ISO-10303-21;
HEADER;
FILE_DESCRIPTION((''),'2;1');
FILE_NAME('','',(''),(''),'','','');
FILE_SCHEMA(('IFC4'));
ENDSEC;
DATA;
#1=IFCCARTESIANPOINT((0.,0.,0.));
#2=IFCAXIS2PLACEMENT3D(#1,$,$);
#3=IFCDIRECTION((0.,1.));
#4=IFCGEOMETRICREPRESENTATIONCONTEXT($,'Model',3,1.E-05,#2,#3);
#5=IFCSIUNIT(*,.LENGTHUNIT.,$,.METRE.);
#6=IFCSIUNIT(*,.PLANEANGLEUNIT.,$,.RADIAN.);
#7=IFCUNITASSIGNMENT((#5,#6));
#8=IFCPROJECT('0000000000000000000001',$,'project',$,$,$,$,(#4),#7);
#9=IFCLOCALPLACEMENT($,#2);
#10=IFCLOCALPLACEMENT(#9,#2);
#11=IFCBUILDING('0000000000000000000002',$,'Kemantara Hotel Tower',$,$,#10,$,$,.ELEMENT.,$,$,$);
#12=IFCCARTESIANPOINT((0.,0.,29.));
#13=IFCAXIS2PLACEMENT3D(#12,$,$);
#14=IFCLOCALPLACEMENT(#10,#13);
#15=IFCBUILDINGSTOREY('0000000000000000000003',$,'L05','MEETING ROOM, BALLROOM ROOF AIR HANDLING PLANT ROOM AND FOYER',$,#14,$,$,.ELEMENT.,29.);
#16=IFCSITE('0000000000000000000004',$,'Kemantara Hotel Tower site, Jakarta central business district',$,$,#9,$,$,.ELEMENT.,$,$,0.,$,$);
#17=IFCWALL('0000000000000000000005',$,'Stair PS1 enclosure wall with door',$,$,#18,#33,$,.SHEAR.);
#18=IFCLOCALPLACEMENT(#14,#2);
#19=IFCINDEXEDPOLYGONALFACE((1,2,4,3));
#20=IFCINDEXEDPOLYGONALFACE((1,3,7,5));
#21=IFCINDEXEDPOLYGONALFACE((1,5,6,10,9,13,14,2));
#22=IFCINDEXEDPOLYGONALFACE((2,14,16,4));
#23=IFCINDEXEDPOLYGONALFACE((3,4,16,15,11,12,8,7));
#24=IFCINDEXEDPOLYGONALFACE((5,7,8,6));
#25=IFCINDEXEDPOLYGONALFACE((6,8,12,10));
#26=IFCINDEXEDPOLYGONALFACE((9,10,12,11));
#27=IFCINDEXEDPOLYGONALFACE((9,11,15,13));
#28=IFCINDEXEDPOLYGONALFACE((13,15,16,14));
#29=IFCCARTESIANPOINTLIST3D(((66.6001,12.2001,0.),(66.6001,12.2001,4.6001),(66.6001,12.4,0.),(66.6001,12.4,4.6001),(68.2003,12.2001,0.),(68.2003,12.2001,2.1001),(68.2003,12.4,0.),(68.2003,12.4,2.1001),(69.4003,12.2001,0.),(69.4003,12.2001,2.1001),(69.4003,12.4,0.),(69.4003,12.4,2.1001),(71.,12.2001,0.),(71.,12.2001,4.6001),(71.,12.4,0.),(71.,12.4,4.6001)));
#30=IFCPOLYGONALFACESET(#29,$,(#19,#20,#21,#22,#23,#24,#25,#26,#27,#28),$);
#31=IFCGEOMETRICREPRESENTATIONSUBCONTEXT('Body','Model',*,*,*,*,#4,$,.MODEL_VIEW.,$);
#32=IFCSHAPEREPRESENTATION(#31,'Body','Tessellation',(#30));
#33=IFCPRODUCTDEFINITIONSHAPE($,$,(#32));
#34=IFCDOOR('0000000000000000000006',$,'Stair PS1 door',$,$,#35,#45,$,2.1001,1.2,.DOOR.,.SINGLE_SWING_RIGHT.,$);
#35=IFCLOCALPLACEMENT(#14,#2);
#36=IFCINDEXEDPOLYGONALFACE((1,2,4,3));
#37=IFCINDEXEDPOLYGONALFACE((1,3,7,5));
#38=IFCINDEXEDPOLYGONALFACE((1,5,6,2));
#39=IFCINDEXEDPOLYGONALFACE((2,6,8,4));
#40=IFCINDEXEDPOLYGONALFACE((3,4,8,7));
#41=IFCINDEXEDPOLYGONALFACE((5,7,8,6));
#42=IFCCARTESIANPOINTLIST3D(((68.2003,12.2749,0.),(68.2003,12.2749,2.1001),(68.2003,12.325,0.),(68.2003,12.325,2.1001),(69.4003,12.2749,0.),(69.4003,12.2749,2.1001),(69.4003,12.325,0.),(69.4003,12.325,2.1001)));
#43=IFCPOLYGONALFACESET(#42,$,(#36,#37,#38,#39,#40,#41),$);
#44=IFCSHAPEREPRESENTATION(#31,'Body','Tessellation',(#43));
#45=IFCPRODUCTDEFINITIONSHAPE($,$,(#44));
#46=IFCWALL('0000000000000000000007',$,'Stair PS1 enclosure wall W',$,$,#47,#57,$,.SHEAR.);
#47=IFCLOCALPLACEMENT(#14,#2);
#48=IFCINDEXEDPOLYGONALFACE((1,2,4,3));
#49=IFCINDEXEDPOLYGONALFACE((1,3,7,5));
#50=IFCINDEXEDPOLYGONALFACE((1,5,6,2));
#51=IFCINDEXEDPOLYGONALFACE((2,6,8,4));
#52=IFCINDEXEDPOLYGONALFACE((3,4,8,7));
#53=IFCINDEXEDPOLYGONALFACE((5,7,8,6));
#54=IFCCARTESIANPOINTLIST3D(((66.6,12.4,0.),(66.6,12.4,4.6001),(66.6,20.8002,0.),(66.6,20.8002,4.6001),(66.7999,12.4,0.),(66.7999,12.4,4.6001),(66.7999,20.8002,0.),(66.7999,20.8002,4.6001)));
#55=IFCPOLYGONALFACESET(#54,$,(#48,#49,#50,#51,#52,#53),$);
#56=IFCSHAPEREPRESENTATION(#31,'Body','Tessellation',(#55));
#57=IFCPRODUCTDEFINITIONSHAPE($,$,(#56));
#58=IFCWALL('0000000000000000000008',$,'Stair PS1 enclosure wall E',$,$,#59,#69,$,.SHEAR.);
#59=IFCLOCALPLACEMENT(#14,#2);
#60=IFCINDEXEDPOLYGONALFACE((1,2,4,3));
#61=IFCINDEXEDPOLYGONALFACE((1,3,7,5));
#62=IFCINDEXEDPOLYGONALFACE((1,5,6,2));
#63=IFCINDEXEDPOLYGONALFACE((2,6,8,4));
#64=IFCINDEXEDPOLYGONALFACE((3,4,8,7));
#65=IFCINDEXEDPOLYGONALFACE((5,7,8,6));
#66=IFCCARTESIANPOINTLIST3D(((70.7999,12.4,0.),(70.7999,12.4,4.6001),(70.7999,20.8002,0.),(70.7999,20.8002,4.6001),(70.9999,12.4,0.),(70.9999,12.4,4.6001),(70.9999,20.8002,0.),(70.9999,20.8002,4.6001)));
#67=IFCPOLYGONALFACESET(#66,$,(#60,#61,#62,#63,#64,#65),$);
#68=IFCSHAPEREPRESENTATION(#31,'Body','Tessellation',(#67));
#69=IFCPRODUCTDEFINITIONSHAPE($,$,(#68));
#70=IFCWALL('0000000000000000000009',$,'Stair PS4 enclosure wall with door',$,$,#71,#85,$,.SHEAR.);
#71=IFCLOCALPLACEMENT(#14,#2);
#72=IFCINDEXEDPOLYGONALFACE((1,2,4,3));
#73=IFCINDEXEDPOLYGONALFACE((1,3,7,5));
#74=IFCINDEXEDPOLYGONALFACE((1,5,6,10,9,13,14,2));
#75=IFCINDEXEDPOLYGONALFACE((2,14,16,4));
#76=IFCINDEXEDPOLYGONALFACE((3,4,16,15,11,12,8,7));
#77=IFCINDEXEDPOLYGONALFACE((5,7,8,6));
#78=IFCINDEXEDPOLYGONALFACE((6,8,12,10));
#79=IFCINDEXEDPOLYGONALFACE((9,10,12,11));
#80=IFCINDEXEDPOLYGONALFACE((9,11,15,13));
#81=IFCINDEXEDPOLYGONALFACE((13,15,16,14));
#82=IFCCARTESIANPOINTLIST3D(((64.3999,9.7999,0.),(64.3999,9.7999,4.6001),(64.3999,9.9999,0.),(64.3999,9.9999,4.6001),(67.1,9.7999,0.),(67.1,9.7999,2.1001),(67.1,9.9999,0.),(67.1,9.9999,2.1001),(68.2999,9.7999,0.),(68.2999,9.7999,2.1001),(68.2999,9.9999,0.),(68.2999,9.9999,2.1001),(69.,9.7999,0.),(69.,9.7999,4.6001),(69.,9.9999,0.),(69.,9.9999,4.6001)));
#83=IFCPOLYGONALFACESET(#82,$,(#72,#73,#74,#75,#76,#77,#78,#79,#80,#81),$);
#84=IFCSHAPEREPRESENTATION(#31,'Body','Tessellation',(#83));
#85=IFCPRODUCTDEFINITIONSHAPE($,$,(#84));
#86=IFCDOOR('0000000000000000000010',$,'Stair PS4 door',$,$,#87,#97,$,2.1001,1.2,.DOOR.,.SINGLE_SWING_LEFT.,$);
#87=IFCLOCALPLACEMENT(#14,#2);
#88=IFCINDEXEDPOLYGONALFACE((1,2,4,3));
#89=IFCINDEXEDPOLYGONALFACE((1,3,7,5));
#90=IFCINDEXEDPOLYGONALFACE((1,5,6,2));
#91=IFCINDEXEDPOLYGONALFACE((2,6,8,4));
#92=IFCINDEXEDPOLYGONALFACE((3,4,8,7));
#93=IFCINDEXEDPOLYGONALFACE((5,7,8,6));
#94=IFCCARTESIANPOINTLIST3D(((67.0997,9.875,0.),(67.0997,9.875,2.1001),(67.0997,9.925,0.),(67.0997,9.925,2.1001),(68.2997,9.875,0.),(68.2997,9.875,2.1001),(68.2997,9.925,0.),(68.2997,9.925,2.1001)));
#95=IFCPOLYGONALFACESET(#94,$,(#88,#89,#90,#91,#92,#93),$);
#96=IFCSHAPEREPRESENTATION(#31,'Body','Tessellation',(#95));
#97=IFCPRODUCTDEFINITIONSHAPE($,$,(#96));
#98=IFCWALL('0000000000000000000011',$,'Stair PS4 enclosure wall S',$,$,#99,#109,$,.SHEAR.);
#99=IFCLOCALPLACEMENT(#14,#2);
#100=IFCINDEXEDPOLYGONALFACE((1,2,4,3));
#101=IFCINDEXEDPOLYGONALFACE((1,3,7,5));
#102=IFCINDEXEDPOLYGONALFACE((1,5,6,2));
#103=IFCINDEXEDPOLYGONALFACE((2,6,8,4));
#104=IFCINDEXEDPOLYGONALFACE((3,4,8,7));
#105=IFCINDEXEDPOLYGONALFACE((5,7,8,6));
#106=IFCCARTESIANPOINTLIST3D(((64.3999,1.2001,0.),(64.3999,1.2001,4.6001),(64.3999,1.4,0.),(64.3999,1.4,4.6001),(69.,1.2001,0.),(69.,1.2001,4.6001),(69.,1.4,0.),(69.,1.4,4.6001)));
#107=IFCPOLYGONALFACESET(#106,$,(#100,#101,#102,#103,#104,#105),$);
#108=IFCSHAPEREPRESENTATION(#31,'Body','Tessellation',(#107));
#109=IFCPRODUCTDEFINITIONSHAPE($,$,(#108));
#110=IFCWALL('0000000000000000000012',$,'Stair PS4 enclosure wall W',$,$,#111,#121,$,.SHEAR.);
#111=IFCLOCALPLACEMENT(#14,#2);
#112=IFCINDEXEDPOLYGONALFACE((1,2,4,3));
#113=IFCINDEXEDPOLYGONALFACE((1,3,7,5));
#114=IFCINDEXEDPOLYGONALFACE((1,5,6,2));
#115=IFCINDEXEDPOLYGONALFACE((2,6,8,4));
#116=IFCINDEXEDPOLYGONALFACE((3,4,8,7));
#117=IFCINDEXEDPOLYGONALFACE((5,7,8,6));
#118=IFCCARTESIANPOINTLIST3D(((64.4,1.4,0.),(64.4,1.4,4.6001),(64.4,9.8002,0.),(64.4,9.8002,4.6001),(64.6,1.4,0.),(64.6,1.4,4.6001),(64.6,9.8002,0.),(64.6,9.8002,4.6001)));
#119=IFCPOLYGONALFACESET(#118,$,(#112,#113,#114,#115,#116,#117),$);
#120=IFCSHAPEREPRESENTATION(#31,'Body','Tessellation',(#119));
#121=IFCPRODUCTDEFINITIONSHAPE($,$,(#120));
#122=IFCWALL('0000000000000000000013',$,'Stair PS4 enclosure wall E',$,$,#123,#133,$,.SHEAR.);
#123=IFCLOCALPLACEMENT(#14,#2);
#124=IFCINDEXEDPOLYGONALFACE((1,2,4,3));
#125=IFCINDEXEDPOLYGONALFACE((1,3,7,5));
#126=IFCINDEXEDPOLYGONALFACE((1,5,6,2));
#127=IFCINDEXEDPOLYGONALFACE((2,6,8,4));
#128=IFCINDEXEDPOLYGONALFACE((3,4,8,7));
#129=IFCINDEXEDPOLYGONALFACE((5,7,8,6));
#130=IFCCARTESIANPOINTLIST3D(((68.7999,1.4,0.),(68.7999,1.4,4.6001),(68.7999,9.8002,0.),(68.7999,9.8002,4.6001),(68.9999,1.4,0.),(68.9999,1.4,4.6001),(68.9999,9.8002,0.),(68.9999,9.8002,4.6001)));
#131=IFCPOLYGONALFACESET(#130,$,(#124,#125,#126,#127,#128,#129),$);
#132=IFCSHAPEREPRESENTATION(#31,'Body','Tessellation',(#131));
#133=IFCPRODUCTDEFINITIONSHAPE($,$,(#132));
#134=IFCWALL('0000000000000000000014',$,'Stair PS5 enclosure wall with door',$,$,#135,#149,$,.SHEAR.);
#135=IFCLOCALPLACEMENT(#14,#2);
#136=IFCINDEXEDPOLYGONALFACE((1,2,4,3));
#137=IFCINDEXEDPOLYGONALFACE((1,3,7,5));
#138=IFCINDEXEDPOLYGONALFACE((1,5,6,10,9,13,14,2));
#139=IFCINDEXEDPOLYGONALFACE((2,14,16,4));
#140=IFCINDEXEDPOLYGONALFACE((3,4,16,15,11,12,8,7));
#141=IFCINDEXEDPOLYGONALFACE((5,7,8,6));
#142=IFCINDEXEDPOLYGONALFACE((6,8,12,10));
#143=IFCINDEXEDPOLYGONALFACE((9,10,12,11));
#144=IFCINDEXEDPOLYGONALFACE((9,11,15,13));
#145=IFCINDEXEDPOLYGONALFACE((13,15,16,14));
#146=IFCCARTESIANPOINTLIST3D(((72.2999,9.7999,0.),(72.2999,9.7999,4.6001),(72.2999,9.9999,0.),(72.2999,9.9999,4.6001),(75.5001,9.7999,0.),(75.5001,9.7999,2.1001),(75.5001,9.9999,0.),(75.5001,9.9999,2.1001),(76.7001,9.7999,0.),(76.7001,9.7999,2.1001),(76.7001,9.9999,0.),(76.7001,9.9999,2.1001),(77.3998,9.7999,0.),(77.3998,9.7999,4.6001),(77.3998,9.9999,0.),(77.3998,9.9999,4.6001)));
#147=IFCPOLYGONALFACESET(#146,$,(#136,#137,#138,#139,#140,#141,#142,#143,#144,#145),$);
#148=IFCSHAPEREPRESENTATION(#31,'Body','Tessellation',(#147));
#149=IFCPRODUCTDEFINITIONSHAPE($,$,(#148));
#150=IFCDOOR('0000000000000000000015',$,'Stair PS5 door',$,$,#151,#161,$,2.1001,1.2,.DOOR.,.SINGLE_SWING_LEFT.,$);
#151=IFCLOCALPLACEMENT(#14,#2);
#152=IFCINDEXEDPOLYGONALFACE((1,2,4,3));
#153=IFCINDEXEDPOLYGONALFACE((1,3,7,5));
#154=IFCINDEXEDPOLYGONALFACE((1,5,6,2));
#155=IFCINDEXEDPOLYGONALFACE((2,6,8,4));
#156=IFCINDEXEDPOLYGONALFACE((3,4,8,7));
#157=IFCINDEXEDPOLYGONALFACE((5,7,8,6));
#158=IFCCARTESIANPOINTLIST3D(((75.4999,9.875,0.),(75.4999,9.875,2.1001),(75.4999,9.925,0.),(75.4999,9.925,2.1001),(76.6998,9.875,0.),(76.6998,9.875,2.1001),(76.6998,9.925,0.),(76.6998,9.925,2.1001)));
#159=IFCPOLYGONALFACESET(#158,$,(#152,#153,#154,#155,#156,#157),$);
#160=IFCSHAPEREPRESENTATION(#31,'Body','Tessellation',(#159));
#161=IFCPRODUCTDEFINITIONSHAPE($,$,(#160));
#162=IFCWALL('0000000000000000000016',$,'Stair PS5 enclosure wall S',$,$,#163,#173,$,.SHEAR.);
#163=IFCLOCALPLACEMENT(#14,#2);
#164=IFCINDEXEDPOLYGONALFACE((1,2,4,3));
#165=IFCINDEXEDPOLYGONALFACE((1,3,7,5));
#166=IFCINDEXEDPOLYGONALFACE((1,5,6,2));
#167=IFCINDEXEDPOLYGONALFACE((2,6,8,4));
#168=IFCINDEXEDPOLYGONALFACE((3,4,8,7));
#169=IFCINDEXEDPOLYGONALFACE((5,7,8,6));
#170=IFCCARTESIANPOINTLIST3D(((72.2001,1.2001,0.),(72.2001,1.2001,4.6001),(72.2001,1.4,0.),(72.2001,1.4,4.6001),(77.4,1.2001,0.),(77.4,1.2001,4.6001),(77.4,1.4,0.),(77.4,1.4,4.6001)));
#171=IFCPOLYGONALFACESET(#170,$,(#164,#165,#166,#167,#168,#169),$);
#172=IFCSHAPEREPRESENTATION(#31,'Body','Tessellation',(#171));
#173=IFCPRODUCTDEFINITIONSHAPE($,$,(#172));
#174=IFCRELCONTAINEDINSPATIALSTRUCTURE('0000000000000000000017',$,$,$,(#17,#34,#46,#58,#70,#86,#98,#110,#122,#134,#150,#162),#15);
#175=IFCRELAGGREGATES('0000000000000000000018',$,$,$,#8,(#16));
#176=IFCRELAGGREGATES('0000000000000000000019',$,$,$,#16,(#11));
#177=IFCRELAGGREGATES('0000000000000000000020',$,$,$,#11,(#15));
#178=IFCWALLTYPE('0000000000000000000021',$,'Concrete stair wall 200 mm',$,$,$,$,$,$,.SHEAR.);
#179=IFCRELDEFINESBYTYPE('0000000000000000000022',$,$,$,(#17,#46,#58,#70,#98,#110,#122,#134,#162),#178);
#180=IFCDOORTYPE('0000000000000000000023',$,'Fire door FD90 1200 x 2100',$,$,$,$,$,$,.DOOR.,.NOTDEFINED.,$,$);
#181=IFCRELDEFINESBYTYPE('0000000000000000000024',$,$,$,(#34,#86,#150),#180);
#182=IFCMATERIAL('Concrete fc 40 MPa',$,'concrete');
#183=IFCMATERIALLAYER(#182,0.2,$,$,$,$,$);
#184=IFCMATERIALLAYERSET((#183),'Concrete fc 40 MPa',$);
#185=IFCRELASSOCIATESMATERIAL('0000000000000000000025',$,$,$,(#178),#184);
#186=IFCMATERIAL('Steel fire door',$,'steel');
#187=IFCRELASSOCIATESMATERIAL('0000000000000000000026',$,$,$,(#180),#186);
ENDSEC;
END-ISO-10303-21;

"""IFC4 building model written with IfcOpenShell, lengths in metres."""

from ifc_helpers import new_model, si_unit, direction, frame, frame_2d, origin, place, context, subcontext, project, spatial, rectangle, extrude, material, layer, layer_set, type_object, element, fill, save


model = new_model("IFC4")

# Units and contexts
model_context = context("Model", 3, precision=1e-05, world=origin(), true_north=direction((0.0, 1.0)))
body_context = subcontext(model_context, "Body", "Model", "MODEL_VIEW")
ifc_project = project(units=[si_unit("LENGTHUNIT", "METRE"), si_unit("PLANEANGLEUNIT", "RADIAN")], contexts=[model_context])

# Site, building, storey
site_placement = place(None, origin())
site = spatial("IfcSite", under=ifc_project, at=site_placement, Name="Kemantara Hotel Tower site, Jakarta central business district", CompositionType="ELEMENT", RefElevation=0.0)
building_placement = place(site_placement, origin())
building = spatial("IfcBuilding", under=site, at=building_placement, Name="Kemantara Hotel Tower", CompositionType="ELEMENT")
storey_placement = place(building_placement, frame((0.0, 0.0, 29.0)))
storey = spatial("IfcBuildingStorey", under=building, at=storey_placement, Name="L05", Description="MEETING ROOM, BALLROOM ROOF AIR HANDLING PLANT ROOM AND FOYER", CompositionType="ELEMENT", Elevation=29.0)

# Shared definitions
ifc_material_1 = material(Name="Concrete fc 40 MPa", Category="concrete")
ifc_layer_1 = layer(ifc_material_1, 0.2)
ifc_layer_set_1 = layer_set([ifc_layer_1], Name="Concrete fc 40 MPa")
wall_type_1 = type_object("IfcWallType", Name="Concrete stair wall 200 mm", PredefinedType="SHEAR", material=ifc_layer_set_1)
ifc_material_2 = material(Name="Steel fire door", Category="steel")
door_type_1 = type_object("IfcDoorType", Name="Fire door FD90 1200 x 2100", OperationType="NOTDEFINED", PredefinedType="DOOR", material=ifc_material_2)

# Wall, opening, door
wall_1_placement = place(storey_placement, frame((66.6001, 12.3, 0.0), z_axis=(0.0, 0.0, 1.0), x_axis=(1.0, 0.0, 0.0)))
wall_1 = element("IfcWall", 1, at=wall_1_placement, inside=storey, type_object=wall_type_1, Name="Stair PS1 enclosure wall with door", PredefinedType="SHEAR", context=body_context, shape_type="SweptSolid", body=[
    extrude(rectangle(XDim=4.3999, YDim=0.2, at=frame_2d((2.2, 0.0))), origin(), (0.0, 0.0, 1.0), 4.6001),
])
opening_1_placement = place(wall_1_placement, frame((1.6001, 0.0, 0.0)))
opening_1 = element("IfcOpeningElement", 2, at=opening_1_placement, cuts=wall_1, PredefinedType="OPENING", context=body_context, shape_type="SweptSolid", body=[
    extrude(rectangle(XDim=1.2, YDim=2.1001, at=frame_2d((0.6001, 1.05))), frame((0.0, 0.1099, 0.0), z_axis=(0.0, -1.0, 0.0), x_axis=(1.0, 0.0, 0.0)), (0.0, 0.0, 1.0), 0.22),
])
door_1_placement = place(opening_1_placement, origin())
door_1 = element("IfcDoor", 3, at=door_1_placement, inside=storey, type_object=door_type_1, Name="Stair PS1 door", OperationType="SINGLE_SWING_RIGHT", OverallHeight=2.1001, OverallWidth=1.2, PredefinedType="DOOR", context=body_context, shape_type="SweptSolid", body=[
    extrude(rectangle(XDim=1.2, YDim=2.1001, at=frame_2d((0.6001, 1.05))), frame((0.0, 0.0249, 0.0), z_axis=(0.0, -1.0, 0.0), x_axis=(1.0, 0.0, 0.0)), (0.0, 0.0, 1.0), 0.05),
])
fill(opening_1, door_1)

# Walls
for number, where, z_axis, x_axis, name in (
    (4, (66.7, 12.3999, 0.0), (0.0, 0.0, 1.0), (0.0, 1.0, 0.0), "Stair PS1 enclosure wall W"),
    (5, (70.8999, 12.3999, 0.0), (0.0, 0.0, 1.0), (0.0, 1.0, 0.0), "Stair PS1 enclosure wall E"),
):
    element("IfcWall", number, at=place(storey_placement, frame(where, z_axis=z_axis, x_axis=x_axis)), inside=storey, type_object=wall_type_1, Name=name, PredefinedType="SHEAR", context=body_context, shape_type="SweptSolid", body=[
        extrude(rectangle(XDim=8.4001, YDim=0.2, at=frame_2d((4.2002, 0.0))), origin(), (0.0, 0.0, 1.0), 4.6001),
    ])

# Wall, opening, door
wall_2_placement = place(storey_placement, frame((64.3999, 9.8999, 0.0), z_axis=(0.0, 0.0, 1.0), x_axis=(1.0, 0.0, 0.0)))
wall_2 = element("IfcWall", 6, at=wall_2_placement, inside=storey, type_object=wall_type_1, Name="Stair PS4 enclosure wall with door", PredefinedType="SHEAR", context=body_context, shape_type="SweptSolid", body=[
    extrude(rectangle(XDim=4.6001, YDim=0.2, at=frame_2d((2.3, 0.0))), origin(), (0.0, 0.0, 1.0), 4.6001),
])
opening_2_placement = place(wall_2_placement, frame((2.7, 0.0, 0.0)))
opening_2 = element("IfcOpeningElement", 7, at=opening_2_placement, cuts=wall_2, PredefinedType="OPENING", context=body_context, shape_type="SweptSolid", body=[
    extrude(rectangle(XDim=1.2, YDim=2.1001, at=frame_2d((0.6001, 1.05))), frame((0.0, 0.1099, 0.0), z_axis=(0.0, -1.0, 0.0), x_axis=(1.0, 0.0, 0.0)), (0.0, 0.0, 1.0), 0.22),
])
door_2_placement = place(opening_2_placement, frame((1.2, 0.0, 0.0), z_axis=(0.0, 0.0, 1.0), x_axis=(-1.0, 0.0, 0.0)))
door_2 = element("IfcDoor", 8, at=door_2_placement, inside=storey, type_object=door_type_1, Name="Stair PS4 door", OperationType="SINGLE_SWING_LEFT", OverallHeight=2.1001, OverallWidth=1.2, PredefinedType="DOOR", context=body_context, shape_type="SweptSolid", body=[
    extrude(rectangle(XDim=1.2, YDim=2.1001, at=frame_2d((0.6001, 1.05))), frame((0.0, 0.0249, 0.0), z_axis=(0.0, -1.0, 0.0), x_axis=(1.0, 0.0, 0.0)), (0.0, 0.0, 1.0), 0.05),
])
fill(opening_2, door_2)

# Walls
wall_3_placement = place(storey_placement, frame((64.3999, 1.3, 0.0), z_axis=(0.0, 0.0, 1.0), x_axis=(1.0, 0.0, 0.0)))
element("IfcWall", 9, at=wall_3_placement, inside=storey, type_object=wall_type_1, Name="Stair PS4 enclosure wall S", PredefinedType="SHEAR", context=body_context, shape_type="SweptSolid", body=[
    extrude(rectangle(XDim=4.6001, YDim=0.2, at=frame_2d((2.3, 0.0))), origin(), (0.0, 0.0, 1.0), 4.6001),
])
for number, where, z_axis, x_axis, name in (
    (10, (64.5, 1.3999, 0.0), (0.0, 0.0, 1.0), (0.0, 1.0, 0.0), "Stair PS4 enclosure wall W"),
    (11, (68.8999, 1.3999, 0.0), (0.0, 0.0, 1.0), (0.0, 1.0, 0.0), "Stair PS4 enclosure wall E"),
):
    element("IfcWall", number, at=place(storey_placement, frame(where, z_axis=z_axis, x_axis=x_axis)), inside=storey, type_object=wall_type_1, Name=name, PredefinedType="SHEAR", context=body_context, shape_type="SweptSolid", body=[
        extrude(rectangle(XDim=8.4001, YDim=0.2, at=frame_2d((4.2002, 0.0))), origin(), (0.0, 0.0, 1.0), 4.6001),
    ])

# Wall, opening, door
wall_4_placement = place(storey_placement, frame((72.3, 9.8999, 0.0), z_axis=(0.0, 0.0, 1.0), x_axis=(1.0, 0.0, 0.0)))
wall_4 = element("IfcWall", 12, at=wall_4_placement, inside=storey, type_object=wall_type_1, Name="Stair PS5 enclosure wall with door", PredefinedType="SHEAR", context=body_context, shape_type="SweptSolid", body=[
    extrude(rectangle(XDim=5.0999, YDim=0.2, at=frame_2d((2.5498, 0.0))), origin(), (0.0, 0.0, 1.0), 4.6001),
])
opening_3_placement = place(wall_4_placement, frame((3.2, 0.0, 0.0)))
opening_3 = element("IfcOpeningElement", 13, at=opening_3_placement, cuts=wall_4, PredefinedType="OPENING", context=body_context, shape_type="SweptSolid", body=[
    extrude(rectangle(XDim=1.2, YDim=2.1001, at=frame_2d((0.6001, 1.05))), frame((0.0, 0.1099, 0.0), z_axis=(0.0, -1.0, 0.0), x_axis=(1.0, 0.0, 0.0)), (0.0, 0.0, 1.0), 0.22),
])
door_3_placement = place(opening_3_placement, frame((1.2, 0.0, 0.0), z_axis=(0.0, 0.0, 1.0), x_axis=(-1.0, 0.0, 0.0)))
door_3 = element("IfcDoor", 14, at=door_3_placement, inside=storey, type_object=door_type_1, Name="Stair PS5 door", OperationType="SINGLE_SWING_LEFT", OverallHeight=2.1001, OverallWidth=1.2, PredefinedType="DOOR", context=body_context, shape_type="SweptSolid", body=[
    extrude(rectangle(XDim=1.2, YDim=2.1001, at=frame_2d((0.6001, 1.05))), frame((0.0, 0.0249, 0.0), z_axis=(0.0, -1.0, 0.0), x_axis=(1.0, 0.0, 0.0)), (0.0, 0.0, 1.0), 0.05),
])
fill(opening_3, door_3)

# Wall
wall_5_placement = place(storey_placement, frame((72.2, 1.3, 0.0), z_axis=(0.0, 0.0, 1.0), x_axis=(1.0, 0.0, 0.0)))
element("IfcWall", 15, at=wall_5_placement, inside=storey, type_object=wall_type_1, Name="Stair PS5 enclosure wall S", PredefinedType="SHEAR", context=body_context, shape_type="SweptSolid", body=[
    extrude(rectangle(XDim=5.2, YDim=0.2, at=frame_2d((2.6001, 0.0))), origin(), (0.0, 0.0, 1.0), 4.6001),
])

save(model, "model.ifc")
